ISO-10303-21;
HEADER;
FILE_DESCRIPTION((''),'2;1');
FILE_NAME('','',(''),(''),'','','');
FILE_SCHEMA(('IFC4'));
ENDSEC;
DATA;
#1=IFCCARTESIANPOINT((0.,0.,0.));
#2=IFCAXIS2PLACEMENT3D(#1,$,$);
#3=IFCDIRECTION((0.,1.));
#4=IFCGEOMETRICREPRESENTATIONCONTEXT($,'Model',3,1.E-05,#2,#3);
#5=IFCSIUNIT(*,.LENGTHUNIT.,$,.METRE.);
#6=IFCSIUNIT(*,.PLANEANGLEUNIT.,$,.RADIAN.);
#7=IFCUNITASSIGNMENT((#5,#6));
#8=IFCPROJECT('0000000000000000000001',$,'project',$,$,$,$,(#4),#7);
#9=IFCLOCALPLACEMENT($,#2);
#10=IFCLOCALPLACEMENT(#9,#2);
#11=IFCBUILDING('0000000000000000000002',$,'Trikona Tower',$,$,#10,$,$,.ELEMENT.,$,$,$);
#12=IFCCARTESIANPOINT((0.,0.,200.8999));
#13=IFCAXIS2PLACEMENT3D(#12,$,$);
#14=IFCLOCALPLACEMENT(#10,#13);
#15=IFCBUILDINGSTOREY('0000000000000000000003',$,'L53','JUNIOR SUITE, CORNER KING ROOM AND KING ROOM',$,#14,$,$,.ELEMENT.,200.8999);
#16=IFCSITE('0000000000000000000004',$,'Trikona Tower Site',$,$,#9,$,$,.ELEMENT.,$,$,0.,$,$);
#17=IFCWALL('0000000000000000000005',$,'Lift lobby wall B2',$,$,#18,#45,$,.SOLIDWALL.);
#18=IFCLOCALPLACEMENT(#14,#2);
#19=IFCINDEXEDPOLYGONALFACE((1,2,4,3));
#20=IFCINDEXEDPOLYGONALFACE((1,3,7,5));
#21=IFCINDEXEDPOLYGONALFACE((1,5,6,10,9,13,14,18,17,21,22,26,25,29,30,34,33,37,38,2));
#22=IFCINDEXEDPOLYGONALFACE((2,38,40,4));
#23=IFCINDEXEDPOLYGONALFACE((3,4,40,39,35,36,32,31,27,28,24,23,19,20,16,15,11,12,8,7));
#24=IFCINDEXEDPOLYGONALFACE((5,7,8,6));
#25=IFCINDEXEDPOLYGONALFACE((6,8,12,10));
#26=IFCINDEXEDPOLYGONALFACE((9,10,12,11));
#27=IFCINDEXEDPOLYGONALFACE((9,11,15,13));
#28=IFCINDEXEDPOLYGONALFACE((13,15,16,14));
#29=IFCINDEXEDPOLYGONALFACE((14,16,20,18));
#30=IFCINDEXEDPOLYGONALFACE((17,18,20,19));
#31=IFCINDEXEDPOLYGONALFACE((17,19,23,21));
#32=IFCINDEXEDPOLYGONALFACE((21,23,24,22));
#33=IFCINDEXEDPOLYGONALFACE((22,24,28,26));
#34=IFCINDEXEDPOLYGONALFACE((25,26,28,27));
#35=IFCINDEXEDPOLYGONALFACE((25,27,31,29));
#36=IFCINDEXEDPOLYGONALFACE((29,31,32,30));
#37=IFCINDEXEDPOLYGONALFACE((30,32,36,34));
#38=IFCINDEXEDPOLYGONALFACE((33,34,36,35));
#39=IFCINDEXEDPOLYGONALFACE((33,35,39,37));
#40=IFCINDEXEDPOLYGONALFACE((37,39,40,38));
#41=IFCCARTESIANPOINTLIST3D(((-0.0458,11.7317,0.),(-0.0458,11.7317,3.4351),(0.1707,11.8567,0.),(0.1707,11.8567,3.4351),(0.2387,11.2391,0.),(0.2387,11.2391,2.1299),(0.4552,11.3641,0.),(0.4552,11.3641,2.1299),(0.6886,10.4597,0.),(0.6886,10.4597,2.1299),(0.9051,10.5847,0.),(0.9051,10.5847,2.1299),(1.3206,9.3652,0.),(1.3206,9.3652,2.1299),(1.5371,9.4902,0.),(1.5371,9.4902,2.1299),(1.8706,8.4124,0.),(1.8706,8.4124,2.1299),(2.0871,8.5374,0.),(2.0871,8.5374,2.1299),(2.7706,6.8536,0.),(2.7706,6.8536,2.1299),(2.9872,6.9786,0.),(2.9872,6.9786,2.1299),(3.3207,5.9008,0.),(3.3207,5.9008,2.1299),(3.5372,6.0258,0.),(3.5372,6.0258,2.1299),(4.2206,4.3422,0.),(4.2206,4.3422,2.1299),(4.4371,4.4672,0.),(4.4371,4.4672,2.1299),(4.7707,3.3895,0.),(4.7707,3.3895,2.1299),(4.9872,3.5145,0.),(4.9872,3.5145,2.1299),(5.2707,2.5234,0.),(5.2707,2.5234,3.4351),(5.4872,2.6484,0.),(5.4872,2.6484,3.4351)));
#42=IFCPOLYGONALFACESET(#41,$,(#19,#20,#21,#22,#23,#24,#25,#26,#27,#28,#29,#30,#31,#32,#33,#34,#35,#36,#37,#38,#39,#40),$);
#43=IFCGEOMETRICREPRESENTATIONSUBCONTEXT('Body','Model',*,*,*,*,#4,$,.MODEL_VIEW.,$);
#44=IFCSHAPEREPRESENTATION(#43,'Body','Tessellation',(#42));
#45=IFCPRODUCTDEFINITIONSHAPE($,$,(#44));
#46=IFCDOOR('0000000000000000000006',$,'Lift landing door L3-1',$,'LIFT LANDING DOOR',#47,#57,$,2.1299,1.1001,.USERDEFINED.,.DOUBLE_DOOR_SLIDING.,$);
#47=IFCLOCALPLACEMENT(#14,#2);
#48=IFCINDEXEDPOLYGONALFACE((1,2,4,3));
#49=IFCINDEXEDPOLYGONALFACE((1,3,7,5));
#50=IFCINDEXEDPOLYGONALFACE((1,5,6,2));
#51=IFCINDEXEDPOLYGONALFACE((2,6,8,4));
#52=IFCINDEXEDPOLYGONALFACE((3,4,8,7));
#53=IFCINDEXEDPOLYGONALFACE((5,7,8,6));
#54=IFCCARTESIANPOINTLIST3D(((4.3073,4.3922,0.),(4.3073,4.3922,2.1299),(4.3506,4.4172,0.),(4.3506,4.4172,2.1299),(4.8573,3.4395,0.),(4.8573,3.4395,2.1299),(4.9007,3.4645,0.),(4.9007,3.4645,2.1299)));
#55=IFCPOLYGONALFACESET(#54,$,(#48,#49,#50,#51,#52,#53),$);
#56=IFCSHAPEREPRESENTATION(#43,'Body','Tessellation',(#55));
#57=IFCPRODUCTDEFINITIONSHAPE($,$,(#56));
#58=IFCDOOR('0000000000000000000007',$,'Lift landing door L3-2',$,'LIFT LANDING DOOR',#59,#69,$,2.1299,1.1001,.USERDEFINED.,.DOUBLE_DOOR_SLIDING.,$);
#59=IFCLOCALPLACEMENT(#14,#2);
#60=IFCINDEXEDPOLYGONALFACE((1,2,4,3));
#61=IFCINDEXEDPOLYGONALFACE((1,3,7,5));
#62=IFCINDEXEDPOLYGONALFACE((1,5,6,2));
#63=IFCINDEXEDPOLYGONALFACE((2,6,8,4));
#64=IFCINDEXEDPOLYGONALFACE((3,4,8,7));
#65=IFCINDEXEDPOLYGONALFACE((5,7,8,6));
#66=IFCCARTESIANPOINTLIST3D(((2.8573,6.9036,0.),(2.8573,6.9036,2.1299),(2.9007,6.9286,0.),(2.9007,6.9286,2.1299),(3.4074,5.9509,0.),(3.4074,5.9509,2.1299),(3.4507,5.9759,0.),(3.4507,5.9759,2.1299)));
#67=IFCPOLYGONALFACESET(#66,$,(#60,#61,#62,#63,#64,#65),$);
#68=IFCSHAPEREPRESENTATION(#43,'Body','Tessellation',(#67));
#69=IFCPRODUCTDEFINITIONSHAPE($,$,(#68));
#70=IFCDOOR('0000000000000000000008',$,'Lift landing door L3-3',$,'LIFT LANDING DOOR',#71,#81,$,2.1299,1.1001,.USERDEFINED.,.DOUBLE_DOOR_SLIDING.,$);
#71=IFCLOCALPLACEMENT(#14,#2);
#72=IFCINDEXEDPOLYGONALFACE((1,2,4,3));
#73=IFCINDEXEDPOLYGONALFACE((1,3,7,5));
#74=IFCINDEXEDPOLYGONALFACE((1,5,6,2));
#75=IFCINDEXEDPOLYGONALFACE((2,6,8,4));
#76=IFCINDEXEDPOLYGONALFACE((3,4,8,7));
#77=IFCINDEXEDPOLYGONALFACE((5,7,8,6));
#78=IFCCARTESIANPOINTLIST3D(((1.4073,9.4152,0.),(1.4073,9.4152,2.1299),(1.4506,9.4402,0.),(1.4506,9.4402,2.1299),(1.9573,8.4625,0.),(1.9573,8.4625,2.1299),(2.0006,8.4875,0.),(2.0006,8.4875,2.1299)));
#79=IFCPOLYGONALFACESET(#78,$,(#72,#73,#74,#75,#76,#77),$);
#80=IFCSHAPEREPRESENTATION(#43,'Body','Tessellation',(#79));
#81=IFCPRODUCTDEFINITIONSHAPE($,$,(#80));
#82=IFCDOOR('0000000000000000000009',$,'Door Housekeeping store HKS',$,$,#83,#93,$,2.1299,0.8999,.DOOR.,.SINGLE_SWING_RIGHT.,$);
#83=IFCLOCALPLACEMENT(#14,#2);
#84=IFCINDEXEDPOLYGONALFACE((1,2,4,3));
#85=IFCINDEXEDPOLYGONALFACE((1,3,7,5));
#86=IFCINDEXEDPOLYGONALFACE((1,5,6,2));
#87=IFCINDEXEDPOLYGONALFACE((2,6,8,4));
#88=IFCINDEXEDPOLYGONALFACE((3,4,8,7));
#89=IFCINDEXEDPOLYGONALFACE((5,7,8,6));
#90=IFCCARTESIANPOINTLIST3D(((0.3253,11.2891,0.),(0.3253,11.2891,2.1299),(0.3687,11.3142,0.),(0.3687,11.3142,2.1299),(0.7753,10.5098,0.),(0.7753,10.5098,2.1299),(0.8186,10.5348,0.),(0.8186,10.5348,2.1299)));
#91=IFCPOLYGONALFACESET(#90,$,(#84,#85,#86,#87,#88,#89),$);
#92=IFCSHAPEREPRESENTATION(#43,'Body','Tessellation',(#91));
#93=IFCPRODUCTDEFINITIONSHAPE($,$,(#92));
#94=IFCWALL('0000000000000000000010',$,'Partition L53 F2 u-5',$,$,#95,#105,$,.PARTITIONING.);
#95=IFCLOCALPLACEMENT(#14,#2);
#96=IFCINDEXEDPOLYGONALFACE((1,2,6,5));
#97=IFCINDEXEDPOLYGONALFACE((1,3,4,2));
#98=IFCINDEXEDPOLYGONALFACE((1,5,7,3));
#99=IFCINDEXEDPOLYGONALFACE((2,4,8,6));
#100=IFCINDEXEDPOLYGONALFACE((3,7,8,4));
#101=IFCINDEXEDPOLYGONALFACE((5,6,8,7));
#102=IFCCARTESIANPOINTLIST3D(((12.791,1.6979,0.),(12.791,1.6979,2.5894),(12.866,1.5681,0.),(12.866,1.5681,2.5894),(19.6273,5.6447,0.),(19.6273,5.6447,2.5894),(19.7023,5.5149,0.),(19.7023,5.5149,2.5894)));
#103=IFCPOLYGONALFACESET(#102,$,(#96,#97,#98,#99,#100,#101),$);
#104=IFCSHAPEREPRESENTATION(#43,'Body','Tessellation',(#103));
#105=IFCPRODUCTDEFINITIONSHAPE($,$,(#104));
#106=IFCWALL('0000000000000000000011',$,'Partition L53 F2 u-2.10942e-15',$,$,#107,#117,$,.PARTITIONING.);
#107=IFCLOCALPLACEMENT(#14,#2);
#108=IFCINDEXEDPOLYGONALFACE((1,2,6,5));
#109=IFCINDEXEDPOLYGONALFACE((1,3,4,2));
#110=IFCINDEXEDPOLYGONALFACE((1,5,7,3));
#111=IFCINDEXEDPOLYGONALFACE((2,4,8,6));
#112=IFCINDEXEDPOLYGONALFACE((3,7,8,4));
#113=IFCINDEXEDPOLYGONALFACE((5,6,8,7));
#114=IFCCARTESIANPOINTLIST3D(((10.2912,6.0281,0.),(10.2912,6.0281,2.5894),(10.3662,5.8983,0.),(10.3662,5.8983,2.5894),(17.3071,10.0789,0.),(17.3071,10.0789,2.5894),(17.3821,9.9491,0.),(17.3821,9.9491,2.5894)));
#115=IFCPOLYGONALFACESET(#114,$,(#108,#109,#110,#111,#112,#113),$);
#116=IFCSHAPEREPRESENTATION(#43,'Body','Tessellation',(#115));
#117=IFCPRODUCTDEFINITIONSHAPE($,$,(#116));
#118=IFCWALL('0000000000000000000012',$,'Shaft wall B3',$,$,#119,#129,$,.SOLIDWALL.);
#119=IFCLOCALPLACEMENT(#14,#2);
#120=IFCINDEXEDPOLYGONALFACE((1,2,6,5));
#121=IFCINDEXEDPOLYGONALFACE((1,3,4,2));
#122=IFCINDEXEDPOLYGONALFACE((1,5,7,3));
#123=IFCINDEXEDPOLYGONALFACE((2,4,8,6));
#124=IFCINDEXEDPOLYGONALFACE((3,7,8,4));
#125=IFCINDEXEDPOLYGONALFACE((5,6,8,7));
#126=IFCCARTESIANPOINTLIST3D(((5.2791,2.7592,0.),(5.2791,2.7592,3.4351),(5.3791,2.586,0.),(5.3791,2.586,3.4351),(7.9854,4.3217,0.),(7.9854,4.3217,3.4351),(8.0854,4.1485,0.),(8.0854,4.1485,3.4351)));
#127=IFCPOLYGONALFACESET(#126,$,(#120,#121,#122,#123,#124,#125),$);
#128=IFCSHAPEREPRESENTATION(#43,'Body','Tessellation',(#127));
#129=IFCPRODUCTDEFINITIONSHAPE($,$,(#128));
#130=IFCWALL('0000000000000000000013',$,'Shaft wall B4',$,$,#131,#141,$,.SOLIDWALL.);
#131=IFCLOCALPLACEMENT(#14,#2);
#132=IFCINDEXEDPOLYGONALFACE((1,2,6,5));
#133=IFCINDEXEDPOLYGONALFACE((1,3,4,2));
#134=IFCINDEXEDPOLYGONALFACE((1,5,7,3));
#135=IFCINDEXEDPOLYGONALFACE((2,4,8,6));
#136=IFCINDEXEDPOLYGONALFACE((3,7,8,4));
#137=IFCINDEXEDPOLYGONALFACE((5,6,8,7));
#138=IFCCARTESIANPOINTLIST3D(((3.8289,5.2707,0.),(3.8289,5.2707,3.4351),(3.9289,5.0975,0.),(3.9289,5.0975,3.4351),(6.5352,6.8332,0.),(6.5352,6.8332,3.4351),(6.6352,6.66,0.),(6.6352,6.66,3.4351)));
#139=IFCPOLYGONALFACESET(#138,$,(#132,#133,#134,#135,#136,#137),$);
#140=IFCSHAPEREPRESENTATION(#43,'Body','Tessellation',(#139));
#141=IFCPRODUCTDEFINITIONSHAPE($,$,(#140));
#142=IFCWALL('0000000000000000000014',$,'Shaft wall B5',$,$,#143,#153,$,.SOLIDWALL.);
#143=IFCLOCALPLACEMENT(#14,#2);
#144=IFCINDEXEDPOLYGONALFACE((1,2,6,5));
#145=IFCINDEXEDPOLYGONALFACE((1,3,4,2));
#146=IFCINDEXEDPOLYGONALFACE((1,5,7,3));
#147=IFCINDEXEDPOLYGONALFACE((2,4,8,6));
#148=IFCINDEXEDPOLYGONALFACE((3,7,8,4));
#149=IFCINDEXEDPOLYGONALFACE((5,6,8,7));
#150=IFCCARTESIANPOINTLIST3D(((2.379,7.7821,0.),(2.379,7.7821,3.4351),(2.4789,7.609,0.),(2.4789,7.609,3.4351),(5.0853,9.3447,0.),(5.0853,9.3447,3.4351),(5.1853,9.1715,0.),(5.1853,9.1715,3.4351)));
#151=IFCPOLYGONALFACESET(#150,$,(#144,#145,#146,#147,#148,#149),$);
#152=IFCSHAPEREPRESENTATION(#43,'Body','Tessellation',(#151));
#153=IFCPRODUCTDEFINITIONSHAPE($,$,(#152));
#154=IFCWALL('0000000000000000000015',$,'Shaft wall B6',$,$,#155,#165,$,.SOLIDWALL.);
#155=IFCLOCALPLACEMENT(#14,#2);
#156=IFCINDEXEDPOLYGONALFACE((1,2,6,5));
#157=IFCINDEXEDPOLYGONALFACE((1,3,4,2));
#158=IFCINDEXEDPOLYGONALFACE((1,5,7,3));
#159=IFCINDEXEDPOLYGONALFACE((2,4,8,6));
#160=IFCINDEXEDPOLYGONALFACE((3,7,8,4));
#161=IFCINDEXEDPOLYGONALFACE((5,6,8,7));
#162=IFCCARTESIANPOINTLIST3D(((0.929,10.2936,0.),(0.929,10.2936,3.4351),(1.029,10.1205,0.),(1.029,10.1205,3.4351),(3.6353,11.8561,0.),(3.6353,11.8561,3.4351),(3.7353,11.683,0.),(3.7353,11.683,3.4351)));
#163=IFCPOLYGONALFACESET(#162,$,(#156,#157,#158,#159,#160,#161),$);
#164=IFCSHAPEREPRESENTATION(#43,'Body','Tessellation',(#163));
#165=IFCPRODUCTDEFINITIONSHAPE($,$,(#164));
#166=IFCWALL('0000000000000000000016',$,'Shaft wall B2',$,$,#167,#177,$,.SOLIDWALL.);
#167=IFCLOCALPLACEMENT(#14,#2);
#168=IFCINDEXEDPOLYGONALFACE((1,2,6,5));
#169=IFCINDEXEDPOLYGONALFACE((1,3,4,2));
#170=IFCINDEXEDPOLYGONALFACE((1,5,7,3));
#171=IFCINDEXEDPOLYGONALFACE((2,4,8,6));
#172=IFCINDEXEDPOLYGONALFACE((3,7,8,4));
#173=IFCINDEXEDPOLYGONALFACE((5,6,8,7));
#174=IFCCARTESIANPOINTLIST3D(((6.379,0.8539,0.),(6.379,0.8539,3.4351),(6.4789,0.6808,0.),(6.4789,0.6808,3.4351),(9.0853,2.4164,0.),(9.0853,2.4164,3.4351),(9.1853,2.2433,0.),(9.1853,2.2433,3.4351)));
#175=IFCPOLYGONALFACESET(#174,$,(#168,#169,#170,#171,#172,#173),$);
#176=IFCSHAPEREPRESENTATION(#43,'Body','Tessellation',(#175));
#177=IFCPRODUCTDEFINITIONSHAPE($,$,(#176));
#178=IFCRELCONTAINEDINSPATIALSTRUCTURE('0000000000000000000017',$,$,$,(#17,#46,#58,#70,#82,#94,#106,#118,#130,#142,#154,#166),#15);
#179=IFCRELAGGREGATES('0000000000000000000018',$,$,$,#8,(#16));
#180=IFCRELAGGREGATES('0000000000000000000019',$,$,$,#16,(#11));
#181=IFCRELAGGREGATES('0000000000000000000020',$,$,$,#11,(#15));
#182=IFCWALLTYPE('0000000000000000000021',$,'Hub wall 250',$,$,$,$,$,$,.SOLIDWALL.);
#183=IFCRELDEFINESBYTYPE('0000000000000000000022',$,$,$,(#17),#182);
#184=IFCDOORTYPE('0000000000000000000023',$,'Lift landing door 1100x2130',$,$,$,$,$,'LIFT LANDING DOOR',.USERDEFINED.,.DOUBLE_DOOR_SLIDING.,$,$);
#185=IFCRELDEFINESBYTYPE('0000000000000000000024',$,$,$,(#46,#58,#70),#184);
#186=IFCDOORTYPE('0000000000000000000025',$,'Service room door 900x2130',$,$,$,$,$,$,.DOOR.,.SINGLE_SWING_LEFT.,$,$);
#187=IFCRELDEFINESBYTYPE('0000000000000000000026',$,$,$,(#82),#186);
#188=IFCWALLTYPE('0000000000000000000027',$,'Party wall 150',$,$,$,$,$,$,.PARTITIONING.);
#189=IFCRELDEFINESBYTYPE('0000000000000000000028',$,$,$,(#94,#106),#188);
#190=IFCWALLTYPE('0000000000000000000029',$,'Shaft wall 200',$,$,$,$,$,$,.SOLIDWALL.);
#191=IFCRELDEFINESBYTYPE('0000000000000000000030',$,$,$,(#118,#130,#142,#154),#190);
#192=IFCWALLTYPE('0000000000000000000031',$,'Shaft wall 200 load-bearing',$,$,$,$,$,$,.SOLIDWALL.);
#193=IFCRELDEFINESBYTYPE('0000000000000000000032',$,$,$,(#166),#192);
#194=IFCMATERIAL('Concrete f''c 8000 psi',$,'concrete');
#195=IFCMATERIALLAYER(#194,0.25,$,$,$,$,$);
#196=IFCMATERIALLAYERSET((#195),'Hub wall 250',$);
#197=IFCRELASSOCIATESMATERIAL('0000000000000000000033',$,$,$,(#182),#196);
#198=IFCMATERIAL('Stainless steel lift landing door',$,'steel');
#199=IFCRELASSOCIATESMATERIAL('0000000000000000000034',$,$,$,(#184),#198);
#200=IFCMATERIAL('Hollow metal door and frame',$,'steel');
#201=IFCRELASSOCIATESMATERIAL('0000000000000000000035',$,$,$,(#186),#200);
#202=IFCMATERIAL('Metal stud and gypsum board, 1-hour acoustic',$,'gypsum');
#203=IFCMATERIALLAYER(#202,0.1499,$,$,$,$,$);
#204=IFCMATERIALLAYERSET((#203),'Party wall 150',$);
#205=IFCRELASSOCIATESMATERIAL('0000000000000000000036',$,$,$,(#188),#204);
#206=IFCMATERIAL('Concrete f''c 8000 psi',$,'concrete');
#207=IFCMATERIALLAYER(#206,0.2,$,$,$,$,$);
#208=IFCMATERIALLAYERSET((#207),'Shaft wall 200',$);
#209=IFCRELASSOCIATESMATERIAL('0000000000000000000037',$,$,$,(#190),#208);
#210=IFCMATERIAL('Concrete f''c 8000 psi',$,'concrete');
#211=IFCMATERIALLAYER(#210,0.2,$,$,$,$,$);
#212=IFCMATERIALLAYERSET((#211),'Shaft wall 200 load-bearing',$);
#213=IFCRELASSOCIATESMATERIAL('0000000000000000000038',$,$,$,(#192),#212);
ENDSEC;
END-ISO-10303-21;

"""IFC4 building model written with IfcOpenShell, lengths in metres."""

from ifc_helpers import new_model, si_unit, direction, frame, frame_2d, origin, place, context, subcontext, project, spatial, rectangle, extrude, material, layer, layer_set, type_object, element, fill, save


model = new_model("IFC4")

# Units and contexts
model_context = context("Model", 3, precision=1e-05, world=origin(), true_north=direction((0.0, 1.0)))
body_context = subcontext(model_context, "Body", "Model", "MODEL_VIEW")
ifc_project = project(units=[si_unit("LENGTHUNIT", "METRE"), si_unit("PLANEANGLEUNIT", "RADIAN")], contexts=[model_context])

# Site, building, storey
site_placement = place(None, origin())
site = spatial("IfcSite", under=ifc_project, at=site_placement, Name="Trikona Tower Site", CompositionType="ELEMENT", RefElevation=0.0)
building_placement = place(site_placement, origin())
building = spatial("IfcBuilding", under=site, at=building_placement, Name="Trikona Tower", CompositionType="ELEMENT")
storey_placement = place(building_placement, frame((0.0, 0.0, 200.8999)))
storey = spatial("IfcBuildingStorey", under=building, at=storey_placement, Name="L53", Description="JUNIOR SUITE, CORNER KING ROOM AND KING ROOM", CompositionType="ELEMENT", Elevation=200.8999)

# Wall, openings, doors
ifc_material_1 = material(Name="Concrete f'c 8000 psi", Category="concrete")
ifc_layer_1 = layer(ifc_material_1, 0.25)
ifc_layer_set_1 = layer_set([ifc_layer_1], Name="Hub wall 250")
wall_type_1 = type_object("IfcWallType", Name="Hub wall 250", PredefinedType="SOLIDWALL", material=ifc_layer_set_1)
wall_1_placement = place(storey_placement, frame((5.3789, 2.5859, 0.0), z_axis=(0.0, 0.0, 1.0), x_axis=(-0.500001, 0.866025, 0.0)))
wall_1 = element("IfcWall", 1, at=wall_1_placement, inside=storey, type_object=wall_type_1, Name="Lift lobby wall B2", PredefinedType="SOLIDWALL", context=body_context, shape_type="SweptSolid", body=[
    extrude(rectangle(XDim=10.6328, YDim=0.25, at=frame_2d((5.3164, 0.0))), origin(), (0.0, 0.0, 1.0), 3.4351),
])
opening_1_placement = place(wall_1_placement, frame((9.1641, 0.0, 0.0)))
opening_1 = element("IfcOpeningElement", 2, at=opening_1_placement, cuts=wall_1, PredefinedType="OPENING", context=body_context, shape_type="SweptSolid", body=[
    extrude(rectangle(XDim=0.8999, YDim=2.1299, at=frame_2d((0.45, 1.0649))), frame((0.0, 0.135, 0.0), z_axis=(0.0, -1.0, 0.0), x_axis=(1.0, 0.0, 0.0)), (0.0, 0.0, 1.0), 0.27),
])
opening_2_placement = place(wall_1_placement, frame((1.0, 0.0, 0.0)))
opening_2 = element("IfcOpeningElement", 3, at=opening_2_placement, cuts=wall_1, PredefinedType="OPENING", context=body_context, shape_type="SweptSolid", body=[
    extrude(rectangle(XDim=1.1001, YDim=2.1299, at=frame_2d((0.55, 1.0649))), frame((0.0, 0.135, 0.0), z_axis=(0.0, -1.0, 0.0), x_axis=(1.0, 0.0, 0.0)), (0.0, 0.0, 1.0), 0.27),
])
opening_3_placement = place(wall_1_placement, frame((3.8999, 0.0, 0.0)))
opening_3 = element("IfcOpeningElement", 4, at=opening_3_placement, cuts=wall_1, PredefinedType="OPENING", context=body_context, shape_type="SweptSolid", body=[
    extrude(rectangle(XDim=1.1001, YDim=2.1299, at=frame_2d((0.55, 1.0649))), frame((0.0, 0.135, 0.0), z_axis=(0.0, -1.0, 0.0), x_axis=(1.0, 0.0, 0.0)), (0.0, 0.0, 1.0), 0.27),
])
opening_4_placement = place(wall_1_placement, frame((6.8, 0.0, 0.0)))
opening_4 = element("IfcOpeningElement", 5, at=opening_4_placement, cuts=wall_1, PredefinedType="OPENING", context=body_context, shape_type="SweptSolid", body=[
    extrude(rectangle(XDim=1.1001, YDim=2.1299, at=frame_2d((0.55, 1.0649))), frame((0.0, 0.135, 0.0), z_axis=(0.0, -1.0, 0.0), x_axis=(1.0, 0.0, 0.0)), (0.0, 0.0, 1.0), 0.27),
])
ifc_material_2 = material(Name="Stainless steel lift landing door", Category="steel")
door_type_1 = type_object("IfcDoorType", Name="Lift landing door 1100x2130", ElementType="LIFT LANDING DOOR", OperationType="DOUBLE_DOOR_SLIDING", PredefinedType="USERDEFINED", material=ifc_material_2)
door_1_placement = place(opening_2_placement, origin())
door_1 = element("IfcDoor", 6, at=door_1_placement, inside=storey, type_object=door_type_1, Name="Lift landing door L3-1", ObjectType="LIFT LANDING DOOR", OperationType="DOUBLE_DOOR_SLIDING", OverallHeight=2.1299, OverallWidth=1.1001, PredefinedType="USERDEFINED", context=body_context, shape_type="SweptSolid", body=[
    extrude(rectangle(XDim=1.1001, YDim=2.1299, at=frame_2d((0.55, 1.0649))), frame((0.0, 0.0249, 0.0), z_axis=(0.0, -1.0, 0.0), x_axis=(1.0, 0.0, 0.0)), (0.0, 0.0, 1.0), 0.05),
])
fill(opening_2, door_1)
door_2_placement = place(opening_3_placement, origin())
door_2 = element("IfcDoor", 7, at=door_2_placement, inside=storey, type_object=door_type_1, Name="Lift landing door L3-2", ObjectType="LIFT LANDING DOOR", OperationType="DOUBLE_DOOR_SLIDING", OverallHeight=2.1299, OverallWidth=1.1001, PredefinedType="USERDEFINED", context=body_context, shape_type="SweptSolid", body=[
    extrude(rectangle(XDim=1.1001, YDim=2.1299, at=frame_2d((0.55, 1.0649))), frame((0.0, 0.0249, 0.0), z_axis=(0.0, -1.0, 0.0), x_axis=(1.0, 0.0, 0.0)), (0.0, 0.0, 1.0), 0.05),
])
fill(opening_3, door_2)
door_3_placement = place(opening_4_placement, origin())
door_3 = element("IfcDoor", 8, at=door_3_placement, inside=storey, type_object=door_type_1, Name="Lift landing door L3-3", ObjectType="LIFT LANDING DOOR", OperationType="DOUBLE_DOOR_SLIDING", OverallHeight=2.1299, OverallWidth=1.1001, PredefinedType="USERDEFINED", context=body_context, shape_type="SweptSolid", body=[
    extrude(rectangle(XDim=1.1001, YDim=2.1299, at=frame_2d((0.55, 1.0649))), frame((0.0, 0.0249, 0.0), z_axis=(0.0, -1.0, 0.0), x_axis=(1.0, 0.0, 0.0)), (0.0, 0.0, 1.0), 0.05),
])
fill(opening_4, door_3)
ifc_material_3 = material(Name="Hollow metal door and frame", Category="steel")
door_type_2 = type_object("IfcDoorType", Name="Service room door 900x2130", OperationType="SINGLE_SWING_LEFT", PredefinedType="DOOR", material=ifc_material_3)
door_4_placement = place(opening_1_placement, origin())
door_4 = element("IfcDoor", 9, at=door_4_placement, inside=storey, type_object=door_type_2, Name="Door Housekeeping store HKS", OperationType="SINGLE_SWING_RIGHT", OverallHeight=2.1299, OverallWidth=0.8999, PredefinedType="DOOR", context=body_context, shape_type="SweptSolid", body=[
    extrude(rectangle(XDim=0.8999, YDim=2.1299, at=frame_2d((0.45, 1.0649))), frame((0.0, 0.0249, 0.0), z_axis=(0.0, -1.0, 0.0), x_axis=(1.0, 0.0, 0.0)), (0.0, 0.0, 1.0), 0.05),
])
fill(opening_1, door_4)

# Walls
ifc_material_4 = material(Name="Metal stud and gypsum board, 1-hour acoustic", Category="gypsum")
ifc_layer_2 = layer(ifc_material_4, 0.1499)
ifc_layer_set_2 = layer_set([ifc_layer_2], Name="Party wall 150")
wall_type_2 = type_object("IfcWallType", Name="Party wall 150", PredefinedType="PARTITIONING", material=ifc_layer_set_2)
wall_2_placement = place(storey_placement, frame((12.8286, 1.6331, 0.0), z_axis=(0.0, 0.0, 1.0), x_axis=(0.866031, 0.499991, 0.0)))
element("IfcWall", 10, at=wall_2_placement, inside=storey, type_object=wall_type_2, Name="Partition L53 F2 u-5", PredefinedType="PARTITIONING", context=body_context, shape_type="SweptSolid", body=[
    extrude(rectangle(XDim=7.8938, YDim=0.1499, at=frame_2d((3.9468, 0.0))), origin(), (0.0, 0.0, 1.0), 2.5894),
])
wall_3_placement = place(storey_placement, frame((10.3286, 5.9631, 0.0), z_axis=(0.0, 0.0, 1.0), x_axis=(0.866016, 0.500015, 0.0)))
element("IfcWall", 11, at=wall_3_placement, inside=storey, type_object=wall_type_2, Name="Partition L53 F2 u-2.10942e-15", PredefinedType="PARTITIONING", context=body_context, shape_type="SweptSolid", body=[
    extrude(rectangle(XDim=8.1013, YDim=0.1499, at=frame_2d((4.0508, 0.0))), origin(), (0.0, 0.0, 1.0), 2.5894),
])
ifc_material_5 = material(Name="Concrete f'c 8000 psi", Category="concrete")
ifc_layer_3 = layer(ifc_material_5, 0.2)
ifc_layer_set_3 = layer_set([ifc_layer_3], Name="Shaft wall 200")
wall_type_3 = type_object("IfcWallType", Name="Shaft wall 200", PredefinedType="SOLIDWALL", material=ifc_layer_set_3)
for number, where, z_axis, x_axis, name in (
    (12, (5.3291, 2.6726, 0.0), (0.0, 0.0, 1.0), (0.866023, 0.500004, 0.0), "Shaft wall B3"),
    (13, (3.8789, 5.1841, 0.0), (0.0, 0.0, 1.0), (0.866023, 0.500004, 0.0), "Shaft wall B4"),
    (14, (2.429, 7.6956, 0.0), (0.0, 0.0, 1.0), (0.866023, 0.500004, 0.0), "Shaft wall B5"),
    (15, (0.979, 10.207, 0.0), (0.0, 0.0, 1.0), (0.866023, 0.500004, 0.0), "Shaft wall B6"),
):
    element("IfcWall", number, at=place(storey_placement, frame(where, z_axis=z_axis, x_axis=x_axis)), inside=storey, type_object=wall_type_3, Name=name, PredefinedType="SOLIDWALL", context=body_context, shape_type="SweptSolid", body=[
        extrude(rectangle(XDim=3.125, YDim=0.2, at=frame_2d((1.5625, 0.0))), origin(), (0.0, 0.0, 1.0), 3.4351),
    ])
ifc_material_6 = material(Name="Concrete f'c 8000 psi", Category="concrete")
ifc_layer_4 = layer(ifc_material_6, 0.2)
ifc_layer_set_4 = layer_set([ifc_layer_4], Name="Shaft wall 200 load-bearing")
wall_type_4 = type_object("IfcWallType", Name="Shaft wall 200 load-bearing", PredefinedType="SOLIDWALL", material=ifc_layer_set_4)
wall_4_placement = place(storey_placement, frame((6.429, 0.7673, 0.0), z_axis=(0.0, 0.0, 1.0), x_axis=(0.866023, 0.500004, 0.0)))
element("IfcWall", 16, at=wall_4_placement, inside=storey, type_object=wall_type_4, Name="Shaft wall B2", PredefinedType="SOLIDWALL", context=body_context, shape_type="SweptSolid", body=[
    extrude(rectangle(XDim=3.125, YDim=0.2, at=frame_2d((1.5625, 0.0))), origin(), (0.0, 0.0, 1.0), 3.4351),
])

save(model, "model.ifc")
